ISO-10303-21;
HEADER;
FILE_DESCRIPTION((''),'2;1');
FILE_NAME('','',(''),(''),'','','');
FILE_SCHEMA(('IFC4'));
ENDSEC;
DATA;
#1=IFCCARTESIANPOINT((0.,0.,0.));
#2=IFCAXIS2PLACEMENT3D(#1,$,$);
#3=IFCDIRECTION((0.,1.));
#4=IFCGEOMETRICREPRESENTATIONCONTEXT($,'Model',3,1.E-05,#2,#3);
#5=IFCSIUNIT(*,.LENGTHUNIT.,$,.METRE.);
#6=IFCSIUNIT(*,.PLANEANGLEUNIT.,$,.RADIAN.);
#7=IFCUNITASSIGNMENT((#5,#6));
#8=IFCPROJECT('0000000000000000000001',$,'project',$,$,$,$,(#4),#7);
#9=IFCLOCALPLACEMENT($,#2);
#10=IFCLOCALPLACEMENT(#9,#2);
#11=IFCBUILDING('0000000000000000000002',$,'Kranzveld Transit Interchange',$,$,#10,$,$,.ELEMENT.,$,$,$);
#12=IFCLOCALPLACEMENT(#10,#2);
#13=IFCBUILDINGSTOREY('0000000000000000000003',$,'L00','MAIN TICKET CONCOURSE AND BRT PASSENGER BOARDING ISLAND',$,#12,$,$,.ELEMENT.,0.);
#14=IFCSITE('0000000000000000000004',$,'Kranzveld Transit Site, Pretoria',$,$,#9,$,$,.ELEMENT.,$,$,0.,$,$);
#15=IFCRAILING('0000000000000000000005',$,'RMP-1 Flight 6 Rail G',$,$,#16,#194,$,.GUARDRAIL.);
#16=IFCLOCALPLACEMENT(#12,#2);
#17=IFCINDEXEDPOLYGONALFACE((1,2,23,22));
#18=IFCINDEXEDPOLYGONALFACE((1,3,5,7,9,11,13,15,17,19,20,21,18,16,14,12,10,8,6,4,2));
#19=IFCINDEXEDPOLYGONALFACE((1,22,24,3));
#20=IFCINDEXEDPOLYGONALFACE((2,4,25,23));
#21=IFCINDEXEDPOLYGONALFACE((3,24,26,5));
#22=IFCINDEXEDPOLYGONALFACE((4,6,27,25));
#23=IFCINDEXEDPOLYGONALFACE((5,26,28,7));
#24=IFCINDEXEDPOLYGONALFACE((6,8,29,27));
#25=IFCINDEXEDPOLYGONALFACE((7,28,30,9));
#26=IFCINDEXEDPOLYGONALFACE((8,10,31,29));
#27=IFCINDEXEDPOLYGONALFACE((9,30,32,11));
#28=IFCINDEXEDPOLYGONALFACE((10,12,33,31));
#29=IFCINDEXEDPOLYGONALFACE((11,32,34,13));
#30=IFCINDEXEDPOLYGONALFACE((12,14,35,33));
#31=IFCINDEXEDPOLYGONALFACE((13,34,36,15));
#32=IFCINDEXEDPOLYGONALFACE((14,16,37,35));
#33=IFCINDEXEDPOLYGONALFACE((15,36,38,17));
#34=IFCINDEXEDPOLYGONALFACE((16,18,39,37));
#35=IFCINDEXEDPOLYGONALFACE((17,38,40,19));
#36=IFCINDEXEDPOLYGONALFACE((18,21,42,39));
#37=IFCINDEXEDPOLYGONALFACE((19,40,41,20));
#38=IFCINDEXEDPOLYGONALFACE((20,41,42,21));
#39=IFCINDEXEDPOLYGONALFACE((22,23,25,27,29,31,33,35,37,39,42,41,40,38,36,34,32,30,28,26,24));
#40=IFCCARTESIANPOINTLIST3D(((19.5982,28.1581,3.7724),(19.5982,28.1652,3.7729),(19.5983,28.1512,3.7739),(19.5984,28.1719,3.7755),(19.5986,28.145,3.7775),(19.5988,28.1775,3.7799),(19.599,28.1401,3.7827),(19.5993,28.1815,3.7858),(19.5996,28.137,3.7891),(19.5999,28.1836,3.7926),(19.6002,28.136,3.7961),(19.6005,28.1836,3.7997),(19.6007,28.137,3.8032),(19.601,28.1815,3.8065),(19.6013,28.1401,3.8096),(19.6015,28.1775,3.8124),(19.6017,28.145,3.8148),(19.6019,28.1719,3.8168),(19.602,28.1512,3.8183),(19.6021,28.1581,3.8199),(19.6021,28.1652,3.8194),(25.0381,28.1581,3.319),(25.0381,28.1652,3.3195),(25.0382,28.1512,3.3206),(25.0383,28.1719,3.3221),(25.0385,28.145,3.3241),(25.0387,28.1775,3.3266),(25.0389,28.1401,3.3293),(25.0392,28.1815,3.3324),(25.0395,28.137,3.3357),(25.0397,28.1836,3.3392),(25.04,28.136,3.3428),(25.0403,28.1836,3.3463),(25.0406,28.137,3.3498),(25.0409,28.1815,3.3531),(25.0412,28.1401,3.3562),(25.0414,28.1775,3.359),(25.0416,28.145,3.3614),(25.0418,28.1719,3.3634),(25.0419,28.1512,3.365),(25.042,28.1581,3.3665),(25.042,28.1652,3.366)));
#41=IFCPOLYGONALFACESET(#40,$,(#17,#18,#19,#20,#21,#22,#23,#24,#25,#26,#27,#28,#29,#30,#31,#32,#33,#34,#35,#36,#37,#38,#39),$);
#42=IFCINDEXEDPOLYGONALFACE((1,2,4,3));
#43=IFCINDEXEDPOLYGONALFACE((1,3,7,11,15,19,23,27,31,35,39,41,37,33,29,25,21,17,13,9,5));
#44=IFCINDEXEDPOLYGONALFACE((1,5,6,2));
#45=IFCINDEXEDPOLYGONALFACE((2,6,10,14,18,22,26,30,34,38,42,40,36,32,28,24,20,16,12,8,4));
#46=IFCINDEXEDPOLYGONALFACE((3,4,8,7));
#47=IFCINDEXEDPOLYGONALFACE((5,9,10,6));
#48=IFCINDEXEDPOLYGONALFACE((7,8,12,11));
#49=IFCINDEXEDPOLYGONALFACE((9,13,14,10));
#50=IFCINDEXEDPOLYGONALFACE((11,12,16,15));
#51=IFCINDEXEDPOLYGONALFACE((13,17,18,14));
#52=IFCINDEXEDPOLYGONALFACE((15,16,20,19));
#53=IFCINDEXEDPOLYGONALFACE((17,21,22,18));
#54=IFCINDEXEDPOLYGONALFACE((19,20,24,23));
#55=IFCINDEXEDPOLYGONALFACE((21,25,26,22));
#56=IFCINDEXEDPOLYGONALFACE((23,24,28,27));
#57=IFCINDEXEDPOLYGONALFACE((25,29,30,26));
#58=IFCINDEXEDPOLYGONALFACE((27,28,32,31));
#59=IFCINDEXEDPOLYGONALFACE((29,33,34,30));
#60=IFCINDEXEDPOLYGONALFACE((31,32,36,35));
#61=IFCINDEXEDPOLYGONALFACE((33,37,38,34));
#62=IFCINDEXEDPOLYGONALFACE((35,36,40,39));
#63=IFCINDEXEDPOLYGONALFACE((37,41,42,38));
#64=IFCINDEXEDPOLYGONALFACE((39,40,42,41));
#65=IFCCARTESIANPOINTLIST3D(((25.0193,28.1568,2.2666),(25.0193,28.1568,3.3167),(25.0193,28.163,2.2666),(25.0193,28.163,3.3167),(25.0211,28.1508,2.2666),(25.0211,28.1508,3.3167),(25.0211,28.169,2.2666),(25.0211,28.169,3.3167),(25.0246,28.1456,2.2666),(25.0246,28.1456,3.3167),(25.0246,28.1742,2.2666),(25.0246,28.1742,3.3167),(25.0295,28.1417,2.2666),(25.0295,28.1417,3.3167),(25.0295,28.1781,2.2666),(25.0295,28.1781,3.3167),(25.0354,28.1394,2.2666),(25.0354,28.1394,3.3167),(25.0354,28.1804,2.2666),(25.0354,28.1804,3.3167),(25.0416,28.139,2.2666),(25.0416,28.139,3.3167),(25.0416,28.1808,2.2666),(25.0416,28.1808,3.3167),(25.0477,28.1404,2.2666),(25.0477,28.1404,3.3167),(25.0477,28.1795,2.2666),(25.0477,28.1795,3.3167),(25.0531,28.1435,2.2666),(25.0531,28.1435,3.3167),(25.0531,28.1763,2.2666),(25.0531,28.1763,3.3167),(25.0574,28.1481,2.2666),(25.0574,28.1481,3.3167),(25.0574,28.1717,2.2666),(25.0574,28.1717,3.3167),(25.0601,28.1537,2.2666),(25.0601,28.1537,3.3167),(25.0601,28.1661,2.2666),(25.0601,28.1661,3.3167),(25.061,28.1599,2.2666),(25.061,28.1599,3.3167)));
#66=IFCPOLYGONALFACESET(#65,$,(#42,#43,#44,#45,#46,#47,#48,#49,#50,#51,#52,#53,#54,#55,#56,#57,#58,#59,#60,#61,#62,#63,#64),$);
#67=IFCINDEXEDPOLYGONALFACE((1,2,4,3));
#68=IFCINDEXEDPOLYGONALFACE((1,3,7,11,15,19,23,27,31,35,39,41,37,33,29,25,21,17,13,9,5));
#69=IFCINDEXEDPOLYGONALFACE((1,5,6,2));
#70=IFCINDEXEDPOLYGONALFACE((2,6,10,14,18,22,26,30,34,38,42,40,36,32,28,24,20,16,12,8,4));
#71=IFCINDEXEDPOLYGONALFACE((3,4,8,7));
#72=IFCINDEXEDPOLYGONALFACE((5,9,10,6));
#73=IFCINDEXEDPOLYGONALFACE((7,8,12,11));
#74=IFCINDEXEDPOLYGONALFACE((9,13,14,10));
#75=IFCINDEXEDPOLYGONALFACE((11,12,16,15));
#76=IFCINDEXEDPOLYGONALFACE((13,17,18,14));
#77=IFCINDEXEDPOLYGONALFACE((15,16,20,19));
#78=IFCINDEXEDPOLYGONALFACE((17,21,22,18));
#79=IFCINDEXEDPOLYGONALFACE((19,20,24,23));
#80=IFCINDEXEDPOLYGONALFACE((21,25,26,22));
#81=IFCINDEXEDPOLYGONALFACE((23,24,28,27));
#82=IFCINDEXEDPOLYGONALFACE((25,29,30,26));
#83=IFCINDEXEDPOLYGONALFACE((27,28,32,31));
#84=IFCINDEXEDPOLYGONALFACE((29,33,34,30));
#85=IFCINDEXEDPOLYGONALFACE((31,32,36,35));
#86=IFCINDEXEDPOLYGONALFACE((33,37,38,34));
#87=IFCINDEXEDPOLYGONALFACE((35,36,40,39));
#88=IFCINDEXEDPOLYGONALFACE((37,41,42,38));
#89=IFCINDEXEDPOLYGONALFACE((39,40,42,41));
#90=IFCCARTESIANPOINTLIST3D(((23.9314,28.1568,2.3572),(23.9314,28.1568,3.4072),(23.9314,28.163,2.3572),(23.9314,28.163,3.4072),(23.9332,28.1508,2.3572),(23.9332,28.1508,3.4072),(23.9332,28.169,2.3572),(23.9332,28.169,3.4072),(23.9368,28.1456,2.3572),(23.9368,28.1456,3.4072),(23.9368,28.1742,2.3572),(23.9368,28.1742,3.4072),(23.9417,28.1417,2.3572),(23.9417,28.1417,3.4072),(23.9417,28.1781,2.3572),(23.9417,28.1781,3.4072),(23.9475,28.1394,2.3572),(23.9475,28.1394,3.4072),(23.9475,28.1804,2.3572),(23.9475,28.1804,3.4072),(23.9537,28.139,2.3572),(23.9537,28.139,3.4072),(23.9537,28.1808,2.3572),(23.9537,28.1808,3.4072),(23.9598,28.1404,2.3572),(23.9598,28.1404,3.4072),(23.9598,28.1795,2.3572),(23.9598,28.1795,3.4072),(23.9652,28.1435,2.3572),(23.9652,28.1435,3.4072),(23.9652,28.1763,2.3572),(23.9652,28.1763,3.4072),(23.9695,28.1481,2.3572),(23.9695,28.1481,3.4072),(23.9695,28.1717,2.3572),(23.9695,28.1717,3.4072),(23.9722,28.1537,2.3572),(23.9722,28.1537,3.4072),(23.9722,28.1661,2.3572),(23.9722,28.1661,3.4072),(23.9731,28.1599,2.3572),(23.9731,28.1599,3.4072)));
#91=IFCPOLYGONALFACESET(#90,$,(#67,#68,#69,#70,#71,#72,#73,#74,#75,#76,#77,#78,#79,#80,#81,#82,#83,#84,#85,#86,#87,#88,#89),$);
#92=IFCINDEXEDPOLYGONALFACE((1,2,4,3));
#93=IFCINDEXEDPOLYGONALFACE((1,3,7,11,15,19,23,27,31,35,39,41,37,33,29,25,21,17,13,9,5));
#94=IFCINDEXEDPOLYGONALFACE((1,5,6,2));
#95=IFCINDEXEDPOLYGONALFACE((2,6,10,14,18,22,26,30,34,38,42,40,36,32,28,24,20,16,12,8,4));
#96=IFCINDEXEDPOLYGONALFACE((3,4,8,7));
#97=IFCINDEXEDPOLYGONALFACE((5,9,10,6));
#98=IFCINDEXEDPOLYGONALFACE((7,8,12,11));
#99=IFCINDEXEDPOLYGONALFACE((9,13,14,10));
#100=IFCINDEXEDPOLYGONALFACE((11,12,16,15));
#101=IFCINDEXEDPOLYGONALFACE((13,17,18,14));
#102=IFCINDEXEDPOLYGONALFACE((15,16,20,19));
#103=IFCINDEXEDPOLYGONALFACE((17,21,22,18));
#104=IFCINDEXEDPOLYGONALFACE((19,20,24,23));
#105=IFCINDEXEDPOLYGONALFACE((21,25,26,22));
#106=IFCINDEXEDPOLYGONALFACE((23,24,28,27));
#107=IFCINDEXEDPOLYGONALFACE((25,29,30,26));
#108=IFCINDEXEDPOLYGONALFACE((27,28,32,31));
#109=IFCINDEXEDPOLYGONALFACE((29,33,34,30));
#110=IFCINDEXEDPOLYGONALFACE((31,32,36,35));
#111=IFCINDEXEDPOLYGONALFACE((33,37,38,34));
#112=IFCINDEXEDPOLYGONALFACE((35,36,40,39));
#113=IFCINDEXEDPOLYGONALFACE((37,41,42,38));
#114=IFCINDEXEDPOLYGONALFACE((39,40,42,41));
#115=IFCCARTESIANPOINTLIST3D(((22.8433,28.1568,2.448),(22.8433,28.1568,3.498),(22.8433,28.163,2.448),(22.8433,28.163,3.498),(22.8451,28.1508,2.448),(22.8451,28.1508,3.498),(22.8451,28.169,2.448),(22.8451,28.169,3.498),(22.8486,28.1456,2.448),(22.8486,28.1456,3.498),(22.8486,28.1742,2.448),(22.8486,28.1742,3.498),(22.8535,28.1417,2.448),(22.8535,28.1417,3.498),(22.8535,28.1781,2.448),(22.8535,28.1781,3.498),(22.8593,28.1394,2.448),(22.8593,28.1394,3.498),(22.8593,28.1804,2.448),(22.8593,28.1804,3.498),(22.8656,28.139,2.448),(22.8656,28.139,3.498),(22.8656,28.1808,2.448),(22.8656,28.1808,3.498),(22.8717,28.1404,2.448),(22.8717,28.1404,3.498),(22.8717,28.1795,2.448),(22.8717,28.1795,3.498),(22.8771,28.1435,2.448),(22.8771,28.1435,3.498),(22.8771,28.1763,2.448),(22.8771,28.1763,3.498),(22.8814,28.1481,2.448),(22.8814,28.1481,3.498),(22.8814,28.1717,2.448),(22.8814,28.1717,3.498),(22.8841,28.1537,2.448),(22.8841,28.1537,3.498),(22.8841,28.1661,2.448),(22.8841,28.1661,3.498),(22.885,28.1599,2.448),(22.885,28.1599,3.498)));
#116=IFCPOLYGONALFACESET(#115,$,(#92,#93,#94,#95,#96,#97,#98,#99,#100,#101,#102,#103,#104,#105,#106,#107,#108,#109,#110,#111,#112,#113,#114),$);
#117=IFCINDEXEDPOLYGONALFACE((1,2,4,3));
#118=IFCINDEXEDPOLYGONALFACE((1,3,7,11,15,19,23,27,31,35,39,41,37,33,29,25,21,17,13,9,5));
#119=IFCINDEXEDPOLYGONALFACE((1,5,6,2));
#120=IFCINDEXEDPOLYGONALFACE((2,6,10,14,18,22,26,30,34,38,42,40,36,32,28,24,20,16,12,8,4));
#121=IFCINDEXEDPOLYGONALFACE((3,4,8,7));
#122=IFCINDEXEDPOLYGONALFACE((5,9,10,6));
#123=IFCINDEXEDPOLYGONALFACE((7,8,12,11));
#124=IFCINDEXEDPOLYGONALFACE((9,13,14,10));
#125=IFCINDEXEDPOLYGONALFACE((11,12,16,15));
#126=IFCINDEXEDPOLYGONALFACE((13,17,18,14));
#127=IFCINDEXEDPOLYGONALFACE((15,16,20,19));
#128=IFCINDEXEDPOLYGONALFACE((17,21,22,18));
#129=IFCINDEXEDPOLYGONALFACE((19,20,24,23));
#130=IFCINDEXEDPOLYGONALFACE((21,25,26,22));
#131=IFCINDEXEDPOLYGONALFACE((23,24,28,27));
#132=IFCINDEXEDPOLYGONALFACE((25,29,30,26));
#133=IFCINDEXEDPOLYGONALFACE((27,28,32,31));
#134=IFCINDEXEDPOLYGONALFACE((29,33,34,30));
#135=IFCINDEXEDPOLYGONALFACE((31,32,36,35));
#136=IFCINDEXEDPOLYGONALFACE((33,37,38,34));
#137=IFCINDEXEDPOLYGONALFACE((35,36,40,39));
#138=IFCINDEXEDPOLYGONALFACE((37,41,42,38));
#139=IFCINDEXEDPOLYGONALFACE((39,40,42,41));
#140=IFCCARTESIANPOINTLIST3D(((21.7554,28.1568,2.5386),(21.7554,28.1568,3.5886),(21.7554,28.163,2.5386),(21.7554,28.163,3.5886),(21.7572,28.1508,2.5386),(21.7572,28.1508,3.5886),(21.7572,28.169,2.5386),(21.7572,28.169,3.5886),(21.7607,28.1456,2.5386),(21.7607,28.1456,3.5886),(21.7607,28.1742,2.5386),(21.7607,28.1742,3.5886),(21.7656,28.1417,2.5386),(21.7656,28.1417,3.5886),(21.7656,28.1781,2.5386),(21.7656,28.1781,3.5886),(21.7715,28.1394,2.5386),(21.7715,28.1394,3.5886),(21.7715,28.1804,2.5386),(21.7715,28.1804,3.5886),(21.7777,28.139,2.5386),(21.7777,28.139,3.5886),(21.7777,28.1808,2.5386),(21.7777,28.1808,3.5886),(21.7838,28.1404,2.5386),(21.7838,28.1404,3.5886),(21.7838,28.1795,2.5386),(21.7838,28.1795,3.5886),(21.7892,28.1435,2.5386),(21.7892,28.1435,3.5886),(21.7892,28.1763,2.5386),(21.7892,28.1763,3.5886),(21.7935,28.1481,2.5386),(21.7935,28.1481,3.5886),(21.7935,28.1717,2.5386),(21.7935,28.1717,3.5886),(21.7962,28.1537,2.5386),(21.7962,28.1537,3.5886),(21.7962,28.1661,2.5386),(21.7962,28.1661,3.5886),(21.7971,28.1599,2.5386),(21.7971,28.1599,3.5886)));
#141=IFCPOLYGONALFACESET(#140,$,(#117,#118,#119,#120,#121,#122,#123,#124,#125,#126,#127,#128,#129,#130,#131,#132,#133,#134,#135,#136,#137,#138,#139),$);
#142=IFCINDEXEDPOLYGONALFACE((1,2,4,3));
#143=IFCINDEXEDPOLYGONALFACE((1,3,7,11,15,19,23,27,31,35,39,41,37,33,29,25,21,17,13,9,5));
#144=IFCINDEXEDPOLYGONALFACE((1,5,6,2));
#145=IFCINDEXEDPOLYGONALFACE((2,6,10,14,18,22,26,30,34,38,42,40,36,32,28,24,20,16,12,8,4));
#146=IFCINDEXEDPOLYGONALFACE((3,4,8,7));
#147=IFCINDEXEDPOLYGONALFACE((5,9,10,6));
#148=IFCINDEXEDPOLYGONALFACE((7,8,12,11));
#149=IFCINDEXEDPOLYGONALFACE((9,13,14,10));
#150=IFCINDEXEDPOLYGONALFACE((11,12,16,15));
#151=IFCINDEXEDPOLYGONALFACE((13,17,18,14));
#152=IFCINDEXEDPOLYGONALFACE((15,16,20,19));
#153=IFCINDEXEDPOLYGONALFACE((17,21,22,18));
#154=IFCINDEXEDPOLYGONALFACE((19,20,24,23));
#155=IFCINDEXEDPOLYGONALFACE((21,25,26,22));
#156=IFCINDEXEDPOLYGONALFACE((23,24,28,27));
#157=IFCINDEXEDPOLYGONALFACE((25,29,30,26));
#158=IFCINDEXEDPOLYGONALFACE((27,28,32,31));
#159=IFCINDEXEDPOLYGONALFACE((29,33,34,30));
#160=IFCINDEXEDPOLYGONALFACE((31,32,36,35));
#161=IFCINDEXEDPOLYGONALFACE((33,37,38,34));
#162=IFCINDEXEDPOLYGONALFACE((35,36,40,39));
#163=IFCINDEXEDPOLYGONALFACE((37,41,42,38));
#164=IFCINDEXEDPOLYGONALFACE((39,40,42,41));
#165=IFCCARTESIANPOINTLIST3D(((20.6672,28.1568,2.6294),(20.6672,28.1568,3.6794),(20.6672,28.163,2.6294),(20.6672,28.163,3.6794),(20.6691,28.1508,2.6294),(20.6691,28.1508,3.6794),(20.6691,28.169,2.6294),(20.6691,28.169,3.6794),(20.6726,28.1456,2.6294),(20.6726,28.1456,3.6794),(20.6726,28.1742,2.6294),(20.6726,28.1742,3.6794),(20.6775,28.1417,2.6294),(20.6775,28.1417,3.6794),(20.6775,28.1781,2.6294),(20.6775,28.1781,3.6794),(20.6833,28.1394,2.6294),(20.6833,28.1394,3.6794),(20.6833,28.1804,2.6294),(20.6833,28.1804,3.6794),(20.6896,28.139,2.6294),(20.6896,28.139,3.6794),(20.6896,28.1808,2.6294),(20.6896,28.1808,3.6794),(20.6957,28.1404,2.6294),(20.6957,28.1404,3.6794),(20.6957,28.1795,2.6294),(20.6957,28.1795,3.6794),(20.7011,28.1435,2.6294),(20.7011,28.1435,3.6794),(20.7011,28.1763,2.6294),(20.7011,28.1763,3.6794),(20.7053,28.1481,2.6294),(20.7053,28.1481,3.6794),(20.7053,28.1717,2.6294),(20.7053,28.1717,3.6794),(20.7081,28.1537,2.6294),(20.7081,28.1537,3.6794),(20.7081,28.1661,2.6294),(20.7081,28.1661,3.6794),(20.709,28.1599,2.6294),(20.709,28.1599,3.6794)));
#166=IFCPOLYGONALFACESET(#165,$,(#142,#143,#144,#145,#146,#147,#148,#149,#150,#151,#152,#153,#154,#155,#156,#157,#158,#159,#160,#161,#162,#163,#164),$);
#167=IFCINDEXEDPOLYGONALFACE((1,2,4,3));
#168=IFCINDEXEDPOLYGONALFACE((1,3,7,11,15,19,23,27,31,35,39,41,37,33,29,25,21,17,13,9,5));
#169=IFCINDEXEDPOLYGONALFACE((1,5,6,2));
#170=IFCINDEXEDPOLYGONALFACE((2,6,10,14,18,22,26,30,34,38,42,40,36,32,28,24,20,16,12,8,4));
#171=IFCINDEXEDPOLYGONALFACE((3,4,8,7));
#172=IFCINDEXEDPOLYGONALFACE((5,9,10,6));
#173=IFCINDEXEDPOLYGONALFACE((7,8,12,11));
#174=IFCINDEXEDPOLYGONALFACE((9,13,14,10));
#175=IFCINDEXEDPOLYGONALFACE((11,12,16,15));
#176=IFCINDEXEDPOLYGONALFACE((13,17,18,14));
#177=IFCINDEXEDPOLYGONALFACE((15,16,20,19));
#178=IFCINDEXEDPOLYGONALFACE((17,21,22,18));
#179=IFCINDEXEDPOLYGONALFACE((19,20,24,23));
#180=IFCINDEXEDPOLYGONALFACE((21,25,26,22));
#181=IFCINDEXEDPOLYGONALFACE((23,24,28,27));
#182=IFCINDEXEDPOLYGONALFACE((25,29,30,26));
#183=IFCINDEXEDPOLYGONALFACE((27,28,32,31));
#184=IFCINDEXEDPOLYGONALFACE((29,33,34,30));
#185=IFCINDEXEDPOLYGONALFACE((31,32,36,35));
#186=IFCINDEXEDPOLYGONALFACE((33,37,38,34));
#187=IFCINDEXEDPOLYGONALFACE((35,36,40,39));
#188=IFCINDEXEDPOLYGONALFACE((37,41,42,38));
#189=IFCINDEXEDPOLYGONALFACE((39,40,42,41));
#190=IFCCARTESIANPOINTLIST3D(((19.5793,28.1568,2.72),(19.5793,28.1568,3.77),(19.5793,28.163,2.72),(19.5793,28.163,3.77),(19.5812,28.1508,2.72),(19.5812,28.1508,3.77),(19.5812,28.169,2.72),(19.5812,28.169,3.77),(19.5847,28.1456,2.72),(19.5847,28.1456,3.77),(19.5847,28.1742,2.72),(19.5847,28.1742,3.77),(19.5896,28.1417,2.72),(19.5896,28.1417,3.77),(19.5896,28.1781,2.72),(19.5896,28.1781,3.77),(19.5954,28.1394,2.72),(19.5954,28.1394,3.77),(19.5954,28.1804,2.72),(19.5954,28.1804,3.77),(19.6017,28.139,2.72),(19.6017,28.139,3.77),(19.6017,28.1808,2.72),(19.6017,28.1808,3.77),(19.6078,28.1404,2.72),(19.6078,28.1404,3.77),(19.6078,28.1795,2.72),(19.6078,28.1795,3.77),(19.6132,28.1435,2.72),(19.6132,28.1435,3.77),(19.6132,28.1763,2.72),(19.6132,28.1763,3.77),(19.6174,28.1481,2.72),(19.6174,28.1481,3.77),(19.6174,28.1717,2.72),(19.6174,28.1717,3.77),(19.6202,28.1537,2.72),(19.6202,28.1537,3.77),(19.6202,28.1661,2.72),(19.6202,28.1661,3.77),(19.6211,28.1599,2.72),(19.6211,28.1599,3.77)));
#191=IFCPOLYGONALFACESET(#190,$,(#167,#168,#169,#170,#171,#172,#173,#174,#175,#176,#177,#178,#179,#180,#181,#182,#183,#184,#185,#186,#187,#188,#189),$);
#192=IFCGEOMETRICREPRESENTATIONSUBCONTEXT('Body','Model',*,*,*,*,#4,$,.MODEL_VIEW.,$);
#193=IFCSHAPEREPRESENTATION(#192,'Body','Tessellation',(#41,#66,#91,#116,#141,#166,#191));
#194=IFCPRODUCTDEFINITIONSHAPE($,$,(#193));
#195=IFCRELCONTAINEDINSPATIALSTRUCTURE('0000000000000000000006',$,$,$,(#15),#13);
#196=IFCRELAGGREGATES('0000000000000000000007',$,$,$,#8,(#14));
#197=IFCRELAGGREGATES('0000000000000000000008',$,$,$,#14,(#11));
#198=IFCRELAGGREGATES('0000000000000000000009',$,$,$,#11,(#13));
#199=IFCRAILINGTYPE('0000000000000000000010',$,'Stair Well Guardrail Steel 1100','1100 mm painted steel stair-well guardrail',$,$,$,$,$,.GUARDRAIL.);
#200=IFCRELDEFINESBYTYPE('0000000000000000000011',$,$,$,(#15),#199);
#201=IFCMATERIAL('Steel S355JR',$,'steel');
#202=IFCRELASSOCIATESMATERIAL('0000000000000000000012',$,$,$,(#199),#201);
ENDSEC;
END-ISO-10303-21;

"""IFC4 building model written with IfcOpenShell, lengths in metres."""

from ifc_helpers import new_model, si_unit, direction, frame, origin, origin_2d, place, context, subcontext, project, spatial, circle, extrude, material, type_object, element, save


model = new_model("IFC4")

# Units and contexts
model_context = context("Model", 3, precision=1e-05, world=origin(), true_north=direction((0.0, 1.0)))
body_context = subcontext(model_context, "Body", "Model", "MODEL_VIEW")
ifc_project = project(units=[si_unit("LENGTHUNIT", "METRE"), si_unit("PLANEANGLEUNIT", "RADIAN")], contexts=[model_context])

# Site, building, storey
site_placement = place(None, origin())
site = spatial("IfcSite", under=ifc_project, at=site_placement, Name="Kranzveld Transit Site, Pretoria", CompositionType="ELEMENT", RefElevation=0.0)
building_placement = place(site_placement, origin())
building = spatial("IfcBuilding", under=site, at=building_placement, Name="Kranzveld Transit Interchange", CompositionType="ELEMENT")
storey_placement = place(building_placement, origin())
storey = spatial("IfcBuildingStorey", under=building, at=storey_placement, Name="L00", Description="MAIN TICKET CONCOURSE AND BRT PASSENGER BOARDING ISLAND", CompositionType="ELEMENT", Elevation=0.0)

# Railing
ifc_material_1 = material(Name="Steel S355JR", Category="steel")
railing_type_1 = type_object("IfcRailingType", Name="Stair Well Guardrail Steel 1100", Description="1100 mm painted steel stair-well guardrail", PredefinedType="GUARDRAIL", material=ifc_material_1)
railing_1_placement = place(storey_placement, frame((25.04, 28.1599, 2.2666)))
element("IfcRailing", 1, at=railing_1_placement, inside=storey, type_object=railing_type_1, Name="RMP-1 Flight 6 Rail G", PredefinedType="GUARDRAIL", context=body_context, shape_type="SweptSolid", body=[
    extrude(circle(Radius=0.0239, at=origin_2d()), frame((0.0, 0.0, 1.0762), z_axis=(-0.996545, 0.0, 0.083053), x_axis=(0.0, -1.0, 0.0)), (0.0, 0.0, 1.0), 5.4587),
    extrude(circle(Radius=0.021, at=origin_2d()), origin(), (0.0, 0.0, 1.0), 1.05),
    extrude(circle(Radius=0.021, at=origin_2d()), frame((-1.0879, 0.0, 0.0906)), (0.0, 0.0, 1.0), 1.05),
    extrude(circle(Radius=0.021, at=origin_2d()), frame((-2.176, 0.0, 0.1814)), (0.0, 0.0, 1.0), 1.05),
    extrude(circle(Radius=0.021, at=origin_2d()), frame((-3.2639, 0.0, 0.272)), (0.0, 0.0, 1.0), 1.05),
    extrude(circle(Radius=0.021, at=origin_2d()), frame((-4.3521, 0.0, 0.3628)), (0.0, 0.0, 1.0), 1.05),
    extrude(circle(Radius=0.021, at=origin_2d()), frame((-5.4399, 0.0, 0.4534)), (0.0, 0.0, 1.0), 1.05),
])

save(model, "model.ifc")
